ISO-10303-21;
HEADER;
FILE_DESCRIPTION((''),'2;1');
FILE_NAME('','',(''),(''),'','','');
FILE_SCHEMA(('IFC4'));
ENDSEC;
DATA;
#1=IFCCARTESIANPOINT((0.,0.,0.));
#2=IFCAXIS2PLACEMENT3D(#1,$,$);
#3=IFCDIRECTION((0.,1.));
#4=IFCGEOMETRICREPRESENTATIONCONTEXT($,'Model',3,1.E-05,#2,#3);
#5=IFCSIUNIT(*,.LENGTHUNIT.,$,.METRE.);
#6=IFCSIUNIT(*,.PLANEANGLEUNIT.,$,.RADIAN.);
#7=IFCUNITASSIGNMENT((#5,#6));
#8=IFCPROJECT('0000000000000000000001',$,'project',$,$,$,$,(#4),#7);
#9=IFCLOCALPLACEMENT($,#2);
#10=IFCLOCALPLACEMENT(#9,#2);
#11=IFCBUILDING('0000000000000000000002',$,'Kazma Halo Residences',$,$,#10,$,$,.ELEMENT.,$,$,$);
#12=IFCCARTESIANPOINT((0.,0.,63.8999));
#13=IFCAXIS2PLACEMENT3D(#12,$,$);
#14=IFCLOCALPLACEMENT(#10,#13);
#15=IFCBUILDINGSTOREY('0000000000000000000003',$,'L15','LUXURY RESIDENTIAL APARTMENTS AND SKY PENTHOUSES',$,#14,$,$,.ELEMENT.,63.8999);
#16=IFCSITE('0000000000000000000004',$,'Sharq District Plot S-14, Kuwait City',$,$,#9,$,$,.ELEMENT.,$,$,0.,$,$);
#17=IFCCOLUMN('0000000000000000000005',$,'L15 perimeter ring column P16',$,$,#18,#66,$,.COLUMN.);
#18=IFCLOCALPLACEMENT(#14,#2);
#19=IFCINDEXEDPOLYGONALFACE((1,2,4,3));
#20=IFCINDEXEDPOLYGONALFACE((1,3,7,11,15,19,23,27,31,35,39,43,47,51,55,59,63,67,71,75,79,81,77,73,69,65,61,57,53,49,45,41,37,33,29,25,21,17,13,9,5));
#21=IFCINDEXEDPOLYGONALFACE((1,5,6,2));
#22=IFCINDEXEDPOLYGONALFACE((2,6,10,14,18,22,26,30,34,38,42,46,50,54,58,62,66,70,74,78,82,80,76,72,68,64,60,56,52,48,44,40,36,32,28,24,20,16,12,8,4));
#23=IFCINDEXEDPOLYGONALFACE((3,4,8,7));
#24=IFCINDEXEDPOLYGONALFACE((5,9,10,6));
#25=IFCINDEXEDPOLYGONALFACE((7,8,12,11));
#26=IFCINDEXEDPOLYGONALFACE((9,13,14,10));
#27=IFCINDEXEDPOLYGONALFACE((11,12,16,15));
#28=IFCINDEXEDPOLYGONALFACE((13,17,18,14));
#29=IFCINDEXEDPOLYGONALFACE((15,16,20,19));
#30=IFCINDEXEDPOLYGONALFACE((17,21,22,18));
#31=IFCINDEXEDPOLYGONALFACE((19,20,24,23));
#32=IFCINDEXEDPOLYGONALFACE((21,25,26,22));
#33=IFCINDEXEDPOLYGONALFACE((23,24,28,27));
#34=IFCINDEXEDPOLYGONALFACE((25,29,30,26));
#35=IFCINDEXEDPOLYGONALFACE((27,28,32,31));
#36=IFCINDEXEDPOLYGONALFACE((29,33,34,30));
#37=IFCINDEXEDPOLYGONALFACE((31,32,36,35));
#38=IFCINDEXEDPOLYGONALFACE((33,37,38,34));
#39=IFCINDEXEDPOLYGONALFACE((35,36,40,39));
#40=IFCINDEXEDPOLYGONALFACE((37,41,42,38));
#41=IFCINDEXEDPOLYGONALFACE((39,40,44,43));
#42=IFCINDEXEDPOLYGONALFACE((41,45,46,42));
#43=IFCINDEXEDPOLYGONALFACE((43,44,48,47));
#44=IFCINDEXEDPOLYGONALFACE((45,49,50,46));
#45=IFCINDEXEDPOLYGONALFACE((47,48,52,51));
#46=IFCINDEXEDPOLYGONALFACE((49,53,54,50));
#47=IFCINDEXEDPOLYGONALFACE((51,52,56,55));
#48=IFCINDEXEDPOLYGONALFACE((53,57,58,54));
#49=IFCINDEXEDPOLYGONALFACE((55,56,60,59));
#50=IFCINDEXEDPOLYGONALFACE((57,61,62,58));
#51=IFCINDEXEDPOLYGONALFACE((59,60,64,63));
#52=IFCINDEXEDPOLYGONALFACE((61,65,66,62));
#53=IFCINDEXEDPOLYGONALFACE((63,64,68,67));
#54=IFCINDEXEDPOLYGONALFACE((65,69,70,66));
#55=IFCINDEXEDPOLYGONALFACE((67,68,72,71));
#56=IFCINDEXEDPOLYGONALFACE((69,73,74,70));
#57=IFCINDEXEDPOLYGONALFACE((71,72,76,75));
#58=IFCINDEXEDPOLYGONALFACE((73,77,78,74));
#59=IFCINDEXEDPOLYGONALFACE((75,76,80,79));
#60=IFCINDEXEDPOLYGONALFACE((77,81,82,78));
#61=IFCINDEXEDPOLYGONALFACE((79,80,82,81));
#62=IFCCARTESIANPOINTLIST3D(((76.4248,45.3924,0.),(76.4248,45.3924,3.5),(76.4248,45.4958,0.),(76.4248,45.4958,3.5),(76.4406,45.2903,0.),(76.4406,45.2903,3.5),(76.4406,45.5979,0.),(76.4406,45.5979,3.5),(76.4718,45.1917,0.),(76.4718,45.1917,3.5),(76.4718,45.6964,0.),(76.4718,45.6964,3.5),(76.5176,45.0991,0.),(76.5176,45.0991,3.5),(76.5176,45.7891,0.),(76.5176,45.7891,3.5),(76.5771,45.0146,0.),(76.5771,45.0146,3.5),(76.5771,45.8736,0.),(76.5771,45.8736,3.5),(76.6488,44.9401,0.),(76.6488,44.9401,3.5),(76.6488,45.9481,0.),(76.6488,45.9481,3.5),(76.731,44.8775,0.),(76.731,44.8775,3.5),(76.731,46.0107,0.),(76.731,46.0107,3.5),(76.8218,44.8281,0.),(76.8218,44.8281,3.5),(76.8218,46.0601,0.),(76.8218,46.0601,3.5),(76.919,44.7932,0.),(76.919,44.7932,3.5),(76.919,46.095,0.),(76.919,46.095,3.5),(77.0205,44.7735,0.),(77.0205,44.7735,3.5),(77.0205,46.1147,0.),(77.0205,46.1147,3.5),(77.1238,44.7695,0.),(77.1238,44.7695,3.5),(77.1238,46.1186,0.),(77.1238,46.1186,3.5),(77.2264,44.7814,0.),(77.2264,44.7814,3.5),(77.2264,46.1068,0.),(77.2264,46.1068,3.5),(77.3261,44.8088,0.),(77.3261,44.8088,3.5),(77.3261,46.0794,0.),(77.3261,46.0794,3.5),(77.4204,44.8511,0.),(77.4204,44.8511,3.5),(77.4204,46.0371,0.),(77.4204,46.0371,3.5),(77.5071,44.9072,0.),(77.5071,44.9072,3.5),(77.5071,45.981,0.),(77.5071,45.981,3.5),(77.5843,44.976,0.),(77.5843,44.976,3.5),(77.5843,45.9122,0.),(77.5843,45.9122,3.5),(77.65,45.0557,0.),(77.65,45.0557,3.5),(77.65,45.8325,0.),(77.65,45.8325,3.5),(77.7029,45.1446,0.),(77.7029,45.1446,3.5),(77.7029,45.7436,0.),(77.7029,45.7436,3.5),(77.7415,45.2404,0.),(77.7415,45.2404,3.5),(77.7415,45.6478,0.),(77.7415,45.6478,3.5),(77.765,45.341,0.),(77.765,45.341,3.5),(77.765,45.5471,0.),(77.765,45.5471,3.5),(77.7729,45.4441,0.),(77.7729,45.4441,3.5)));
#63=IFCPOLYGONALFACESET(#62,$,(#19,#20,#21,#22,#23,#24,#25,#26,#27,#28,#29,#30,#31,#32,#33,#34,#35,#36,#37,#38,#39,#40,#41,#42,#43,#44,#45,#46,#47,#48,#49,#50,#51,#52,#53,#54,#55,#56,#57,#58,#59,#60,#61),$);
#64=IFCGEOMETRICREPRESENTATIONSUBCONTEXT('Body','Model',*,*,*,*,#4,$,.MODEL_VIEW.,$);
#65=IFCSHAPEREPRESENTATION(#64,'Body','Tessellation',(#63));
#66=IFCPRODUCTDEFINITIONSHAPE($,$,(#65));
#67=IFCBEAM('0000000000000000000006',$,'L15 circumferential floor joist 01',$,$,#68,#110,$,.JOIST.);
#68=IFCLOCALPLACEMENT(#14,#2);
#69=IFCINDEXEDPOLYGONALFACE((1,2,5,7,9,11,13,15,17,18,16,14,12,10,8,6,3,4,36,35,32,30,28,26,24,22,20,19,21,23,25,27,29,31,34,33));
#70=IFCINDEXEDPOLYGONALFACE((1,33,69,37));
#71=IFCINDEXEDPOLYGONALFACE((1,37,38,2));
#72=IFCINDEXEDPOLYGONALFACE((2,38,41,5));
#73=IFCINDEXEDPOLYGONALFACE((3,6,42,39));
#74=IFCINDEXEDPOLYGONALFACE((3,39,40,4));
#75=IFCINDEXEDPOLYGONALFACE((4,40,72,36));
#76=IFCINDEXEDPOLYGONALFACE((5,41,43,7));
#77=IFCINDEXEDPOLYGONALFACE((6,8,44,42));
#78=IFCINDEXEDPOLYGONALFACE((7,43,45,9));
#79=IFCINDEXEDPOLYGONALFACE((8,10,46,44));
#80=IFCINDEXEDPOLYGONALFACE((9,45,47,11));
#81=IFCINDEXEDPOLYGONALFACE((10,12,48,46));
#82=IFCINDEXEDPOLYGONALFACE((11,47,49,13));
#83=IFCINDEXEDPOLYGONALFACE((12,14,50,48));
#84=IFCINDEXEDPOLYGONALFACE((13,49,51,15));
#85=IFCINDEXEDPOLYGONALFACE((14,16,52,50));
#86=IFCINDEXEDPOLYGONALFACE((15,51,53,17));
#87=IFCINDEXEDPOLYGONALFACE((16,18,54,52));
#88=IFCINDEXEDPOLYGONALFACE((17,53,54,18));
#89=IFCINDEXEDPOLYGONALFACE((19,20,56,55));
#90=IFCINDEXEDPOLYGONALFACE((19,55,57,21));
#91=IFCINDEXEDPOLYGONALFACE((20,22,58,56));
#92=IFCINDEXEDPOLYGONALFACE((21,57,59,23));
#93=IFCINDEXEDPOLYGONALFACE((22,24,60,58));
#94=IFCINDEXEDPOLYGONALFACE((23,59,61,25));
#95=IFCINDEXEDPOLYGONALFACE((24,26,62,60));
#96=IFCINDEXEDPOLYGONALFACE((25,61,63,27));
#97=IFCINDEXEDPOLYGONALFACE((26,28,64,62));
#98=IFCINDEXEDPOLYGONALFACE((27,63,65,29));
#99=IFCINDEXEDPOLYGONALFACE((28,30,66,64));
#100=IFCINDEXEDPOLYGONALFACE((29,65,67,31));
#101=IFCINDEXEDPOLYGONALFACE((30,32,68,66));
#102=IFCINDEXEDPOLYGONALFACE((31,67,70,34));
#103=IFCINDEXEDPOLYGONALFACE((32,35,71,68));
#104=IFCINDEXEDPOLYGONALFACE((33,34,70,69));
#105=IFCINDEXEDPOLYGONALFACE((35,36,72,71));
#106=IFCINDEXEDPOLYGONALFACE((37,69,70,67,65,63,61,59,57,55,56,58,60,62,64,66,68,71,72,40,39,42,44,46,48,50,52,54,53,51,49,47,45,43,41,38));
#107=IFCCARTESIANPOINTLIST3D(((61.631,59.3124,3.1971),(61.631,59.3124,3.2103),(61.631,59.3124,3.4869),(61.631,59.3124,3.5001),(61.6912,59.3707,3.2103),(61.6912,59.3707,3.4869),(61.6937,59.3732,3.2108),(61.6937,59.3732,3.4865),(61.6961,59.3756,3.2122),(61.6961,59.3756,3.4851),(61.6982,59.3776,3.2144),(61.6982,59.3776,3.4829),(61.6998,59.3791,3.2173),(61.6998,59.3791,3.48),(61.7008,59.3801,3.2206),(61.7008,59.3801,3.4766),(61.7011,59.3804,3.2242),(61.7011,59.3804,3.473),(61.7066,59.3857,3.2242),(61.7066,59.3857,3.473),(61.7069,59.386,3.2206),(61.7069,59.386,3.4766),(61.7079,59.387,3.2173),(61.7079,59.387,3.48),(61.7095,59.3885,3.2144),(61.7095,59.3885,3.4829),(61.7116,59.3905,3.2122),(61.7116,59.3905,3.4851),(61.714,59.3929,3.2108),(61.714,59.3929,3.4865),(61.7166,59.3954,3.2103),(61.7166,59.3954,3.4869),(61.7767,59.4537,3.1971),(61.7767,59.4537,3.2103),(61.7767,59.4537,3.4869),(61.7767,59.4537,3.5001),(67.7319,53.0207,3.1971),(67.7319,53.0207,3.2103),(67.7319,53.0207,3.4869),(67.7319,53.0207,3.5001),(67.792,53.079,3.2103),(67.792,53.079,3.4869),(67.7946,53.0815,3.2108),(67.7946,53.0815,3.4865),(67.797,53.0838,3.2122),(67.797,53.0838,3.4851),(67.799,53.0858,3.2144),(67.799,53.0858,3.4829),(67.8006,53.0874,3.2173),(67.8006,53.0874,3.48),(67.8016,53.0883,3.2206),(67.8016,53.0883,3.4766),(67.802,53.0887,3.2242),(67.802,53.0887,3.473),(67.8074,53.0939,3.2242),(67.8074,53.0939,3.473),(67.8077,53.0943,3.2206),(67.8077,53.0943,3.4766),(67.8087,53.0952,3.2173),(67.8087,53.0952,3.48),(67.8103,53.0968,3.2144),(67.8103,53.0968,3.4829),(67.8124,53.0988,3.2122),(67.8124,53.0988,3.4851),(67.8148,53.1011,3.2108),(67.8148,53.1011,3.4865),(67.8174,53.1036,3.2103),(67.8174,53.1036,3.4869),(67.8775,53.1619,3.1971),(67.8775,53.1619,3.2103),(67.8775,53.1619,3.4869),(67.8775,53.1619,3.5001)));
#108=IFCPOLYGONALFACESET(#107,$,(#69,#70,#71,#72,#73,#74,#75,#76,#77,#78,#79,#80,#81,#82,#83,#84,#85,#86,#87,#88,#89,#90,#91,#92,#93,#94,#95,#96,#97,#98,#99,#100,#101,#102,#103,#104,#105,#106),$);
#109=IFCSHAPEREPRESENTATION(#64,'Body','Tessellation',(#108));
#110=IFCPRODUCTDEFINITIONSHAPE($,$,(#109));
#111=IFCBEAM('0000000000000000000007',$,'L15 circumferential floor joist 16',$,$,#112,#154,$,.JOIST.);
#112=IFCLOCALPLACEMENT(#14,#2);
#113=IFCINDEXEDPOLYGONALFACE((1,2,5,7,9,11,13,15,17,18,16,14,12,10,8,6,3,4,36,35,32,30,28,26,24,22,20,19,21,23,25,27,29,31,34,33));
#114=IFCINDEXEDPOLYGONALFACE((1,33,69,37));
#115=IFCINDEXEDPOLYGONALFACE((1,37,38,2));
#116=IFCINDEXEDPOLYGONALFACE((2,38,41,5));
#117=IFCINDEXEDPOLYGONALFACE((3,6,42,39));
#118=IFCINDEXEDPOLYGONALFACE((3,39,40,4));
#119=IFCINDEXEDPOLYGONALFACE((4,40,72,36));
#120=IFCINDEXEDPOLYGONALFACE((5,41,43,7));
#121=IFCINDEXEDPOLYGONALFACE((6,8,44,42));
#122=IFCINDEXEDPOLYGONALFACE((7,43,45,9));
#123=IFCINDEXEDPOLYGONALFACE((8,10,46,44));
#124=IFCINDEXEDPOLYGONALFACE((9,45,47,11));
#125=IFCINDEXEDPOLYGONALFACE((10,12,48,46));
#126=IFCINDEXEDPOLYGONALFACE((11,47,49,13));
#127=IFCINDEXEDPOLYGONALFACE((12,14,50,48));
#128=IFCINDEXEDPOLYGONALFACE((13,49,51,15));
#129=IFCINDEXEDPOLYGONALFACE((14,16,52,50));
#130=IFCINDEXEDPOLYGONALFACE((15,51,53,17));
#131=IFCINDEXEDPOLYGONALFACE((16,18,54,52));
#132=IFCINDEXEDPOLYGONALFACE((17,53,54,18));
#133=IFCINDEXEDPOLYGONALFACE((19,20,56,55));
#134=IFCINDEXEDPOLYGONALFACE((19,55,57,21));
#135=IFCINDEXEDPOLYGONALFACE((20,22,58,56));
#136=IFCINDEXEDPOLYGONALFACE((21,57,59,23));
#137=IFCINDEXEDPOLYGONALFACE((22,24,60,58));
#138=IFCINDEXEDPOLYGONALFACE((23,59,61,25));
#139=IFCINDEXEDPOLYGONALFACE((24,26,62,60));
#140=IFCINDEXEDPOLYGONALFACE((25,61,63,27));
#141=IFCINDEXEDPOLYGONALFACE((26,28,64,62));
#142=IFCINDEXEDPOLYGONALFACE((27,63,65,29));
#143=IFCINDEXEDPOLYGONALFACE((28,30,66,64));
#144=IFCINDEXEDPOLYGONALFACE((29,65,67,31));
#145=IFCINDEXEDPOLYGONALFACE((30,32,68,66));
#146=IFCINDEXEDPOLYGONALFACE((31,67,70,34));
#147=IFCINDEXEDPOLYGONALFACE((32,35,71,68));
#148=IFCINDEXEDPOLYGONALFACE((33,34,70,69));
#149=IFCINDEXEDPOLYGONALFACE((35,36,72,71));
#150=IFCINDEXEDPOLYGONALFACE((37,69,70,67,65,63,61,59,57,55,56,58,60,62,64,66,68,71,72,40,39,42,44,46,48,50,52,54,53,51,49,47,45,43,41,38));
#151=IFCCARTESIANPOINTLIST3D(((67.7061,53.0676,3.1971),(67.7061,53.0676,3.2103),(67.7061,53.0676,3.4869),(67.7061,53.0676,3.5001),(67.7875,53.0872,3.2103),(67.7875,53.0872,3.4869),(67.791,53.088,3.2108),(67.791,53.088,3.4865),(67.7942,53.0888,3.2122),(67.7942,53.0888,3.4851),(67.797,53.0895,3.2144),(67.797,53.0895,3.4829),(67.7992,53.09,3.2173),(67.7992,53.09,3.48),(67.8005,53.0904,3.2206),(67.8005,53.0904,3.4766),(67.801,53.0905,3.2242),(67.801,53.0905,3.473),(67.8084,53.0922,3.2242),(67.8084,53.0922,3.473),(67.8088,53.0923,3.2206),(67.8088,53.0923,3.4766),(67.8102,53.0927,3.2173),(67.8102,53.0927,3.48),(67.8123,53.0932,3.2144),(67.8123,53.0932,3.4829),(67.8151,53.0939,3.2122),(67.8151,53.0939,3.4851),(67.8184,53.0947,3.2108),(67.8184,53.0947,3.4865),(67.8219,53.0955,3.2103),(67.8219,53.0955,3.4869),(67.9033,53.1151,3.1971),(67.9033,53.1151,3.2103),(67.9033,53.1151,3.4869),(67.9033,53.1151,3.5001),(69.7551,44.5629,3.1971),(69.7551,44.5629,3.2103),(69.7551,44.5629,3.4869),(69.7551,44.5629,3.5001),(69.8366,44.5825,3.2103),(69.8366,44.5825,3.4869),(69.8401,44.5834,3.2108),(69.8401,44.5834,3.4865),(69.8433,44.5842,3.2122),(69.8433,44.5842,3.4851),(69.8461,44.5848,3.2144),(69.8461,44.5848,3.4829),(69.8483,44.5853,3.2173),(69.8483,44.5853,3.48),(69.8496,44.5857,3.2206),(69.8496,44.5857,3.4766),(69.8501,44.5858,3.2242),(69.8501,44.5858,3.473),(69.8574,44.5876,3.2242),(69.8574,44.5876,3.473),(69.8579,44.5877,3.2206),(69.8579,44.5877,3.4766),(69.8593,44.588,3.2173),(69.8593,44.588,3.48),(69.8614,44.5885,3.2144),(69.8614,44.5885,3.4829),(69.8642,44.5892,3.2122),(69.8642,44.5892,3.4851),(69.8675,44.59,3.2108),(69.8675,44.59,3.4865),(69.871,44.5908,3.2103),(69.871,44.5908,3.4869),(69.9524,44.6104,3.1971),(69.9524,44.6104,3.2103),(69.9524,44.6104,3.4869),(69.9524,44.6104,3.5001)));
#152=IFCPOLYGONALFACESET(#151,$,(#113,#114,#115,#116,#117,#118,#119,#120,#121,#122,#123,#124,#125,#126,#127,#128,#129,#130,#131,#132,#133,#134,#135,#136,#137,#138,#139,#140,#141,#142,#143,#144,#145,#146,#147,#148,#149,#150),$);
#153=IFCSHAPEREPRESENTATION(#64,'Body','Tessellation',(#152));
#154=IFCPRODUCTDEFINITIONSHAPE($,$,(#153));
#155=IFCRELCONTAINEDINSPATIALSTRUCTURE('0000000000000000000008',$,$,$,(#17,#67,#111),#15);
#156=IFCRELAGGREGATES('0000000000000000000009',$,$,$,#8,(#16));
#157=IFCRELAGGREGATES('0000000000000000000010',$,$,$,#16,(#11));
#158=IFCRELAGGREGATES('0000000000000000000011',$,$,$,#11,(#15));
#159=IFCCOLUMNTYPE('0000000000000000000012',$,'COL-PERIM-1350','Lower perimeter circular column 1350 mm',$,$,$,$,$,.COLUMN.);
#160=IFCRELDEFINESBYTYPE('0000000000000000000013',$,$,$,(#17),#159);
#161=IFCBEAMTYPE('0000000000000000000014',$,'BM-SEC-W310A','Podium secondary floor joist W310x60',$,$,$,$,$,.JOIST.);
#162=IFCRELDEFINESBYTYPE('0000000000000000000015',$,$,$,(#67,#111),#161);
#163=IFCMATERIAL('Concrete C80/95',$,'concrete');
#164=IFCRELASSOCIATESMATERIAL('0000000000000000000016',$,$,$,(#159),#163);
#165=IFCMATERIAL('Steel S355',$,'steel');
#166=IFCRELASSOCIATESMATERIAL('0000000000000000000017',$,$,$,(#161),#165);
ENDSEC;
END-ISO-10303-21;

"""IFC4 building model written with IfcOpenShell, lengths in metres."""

from ifc_helpers import new_model, si_unit, direction, frame, origin, origin_2d, place, context, subcontext, project, spatial, circle, i_section, extrude, material, material_profile, profile_set, type_object, element, save


model = new_model("IFC4")

# Units and contexts
model_context = context("Model", 3, precision=1e-05, world=origin(), true_north=direction((0.0, 1.0)))
body_context = subcontext(model_context, "Body", "Model", "MODEL_VIEW")
ifc_project = project(units=[si_unit("LENGTHUNIT", "METRE"), si_unit("PLANEANGLEUNIT", "RADIAN")], contexts=[model_context])

# Site, building, storey
site_placement = place(None, origin())
site = spatial("IfcSite", under=ifc_project, at=site_placement, Name="Sharq District Plot S-14, Kuwait City", CompositionType="ELEMENT", RefElevation=0.0)
building_placement = place(site_placement, origin())
building = spatial("IfcBuilding", under=site, at=building_placement, Name="Kazma Halo Residences", CompositionType="ELEMENT")
storey_placement = place(building_placement, frame((0.0, 0.0, 63.8999)))
storey = spatial("IfcBuildingStorey", under=building, at=storey_placement, Name="L15", Description="LUXURY RESIDENTIAL APARTMENTS AND SKY PENTHOUSES", CompositionType="ELEMENT", Elevation=63.8999)

# Column
ifc_material_1 = material(Name="Concrete C80/95", Category="concrete")
ifc_material_profile_1 = material_profile(ifc_material_1, circle(Radius=0.675, at=origin_2d()), Name="CIRC1350")
ifc_profile_set_1 = profile_set([ifc_material_profile_1], Name="Concrete C80/95")
column_type = type_object("IfcColumnType", Name="COL-PERIM-1350", Description="Lower perimeter circular column 1350 mm", PredefinedType="COLUMN", material=ifc_profile_set_1)
column_placement = place(storey_placement, frame((77.0979, 45.4441, 0.0), z_axis=(0.0, 0.0, 1.0), x_axis=(1.0, 0.0, 0.0)))
element("IfcColumn", 1, at=column_placement, inside=storey, type_object=column_type, Name="L15 perimeter ring column P16", PredefinedType="COLUMN", context=body_context, shape_type="SweptSolid", body=[
    extrude(circle(Radius=0.675, at=origin_2d()), origin(), (0.0, 0.0, 1.0), 3.5),
])

# Beams
ifc_material_2 = material(Name="Steel S355", Category="steel")
ifc_material_profile_2 = material_profile(ifc_material_2, i_section(OverallWidth=0.2029, OverallDepth=0.303, WebThickness=0.0076, FlangeThickness=0.0132, FilletRadius=0.0139, at=origin_2d()), Name="W310x60")
ifc_profile_set_2 = profile_set([ifc_material_profile_2], Name="Steel S355")
beam_type_1 = type_object("IfcBeamType", Name="BM-SEC-W310A", Description="Podium secondary floor joist W310x60", PredefinedType="JOIST", material=ifc_profile_set_2)
beam_1_placement = place(storey_placement, frame((67.8047, 53.0913, 3.3486), z_axis=(-0.696131, 0.717915, 0.0), x_axis=(-0.717915, -0.696131, 0.0)))
element("IfcBeam", 2, at=beam_1_placement, inside=storey, type_object=beam_type_1, Name="L15 circumferential floor joist 01", PredefinedType="JOIST", context=body_context, shape_type="SweptSolid", body=[
    extrude(i_section(OverallWidth=0.2029, OverallDepth=0.303, WebThickness=0.0076, FlangeThickness=0.0132, FilletRadius=0.0139, at=origin_2d()), origin(), (0.0, 0.0, 1.0), 8.7639),
])
beam_2_placement = place(storey_placement, frame((69.8538, 44.5867, 3.3486), z_axis=(-0.234233, 0.97218, 0.0), x_axis=(-0.97218, -0.234233, 0.0)))
element("IfcBeam", 3, at=beam_2_placement, inside=storey, type_object=beam_type_1, Name="L15 circumferential floor joist 16", PredefinedType="JOIST", context=body_context, shape_type="SweptSolid", body=[
    extrude(i_section(OverallWidth=0.2029, OverallDepth=0.303, WebThickness=0.0076, FlangeThickness=0.0132, FilletRadius=0.0139, at=origin_2d()), origin(), (0.0, 0.0, 1.0), 8.748),
])

save(model, "model.ifc")
